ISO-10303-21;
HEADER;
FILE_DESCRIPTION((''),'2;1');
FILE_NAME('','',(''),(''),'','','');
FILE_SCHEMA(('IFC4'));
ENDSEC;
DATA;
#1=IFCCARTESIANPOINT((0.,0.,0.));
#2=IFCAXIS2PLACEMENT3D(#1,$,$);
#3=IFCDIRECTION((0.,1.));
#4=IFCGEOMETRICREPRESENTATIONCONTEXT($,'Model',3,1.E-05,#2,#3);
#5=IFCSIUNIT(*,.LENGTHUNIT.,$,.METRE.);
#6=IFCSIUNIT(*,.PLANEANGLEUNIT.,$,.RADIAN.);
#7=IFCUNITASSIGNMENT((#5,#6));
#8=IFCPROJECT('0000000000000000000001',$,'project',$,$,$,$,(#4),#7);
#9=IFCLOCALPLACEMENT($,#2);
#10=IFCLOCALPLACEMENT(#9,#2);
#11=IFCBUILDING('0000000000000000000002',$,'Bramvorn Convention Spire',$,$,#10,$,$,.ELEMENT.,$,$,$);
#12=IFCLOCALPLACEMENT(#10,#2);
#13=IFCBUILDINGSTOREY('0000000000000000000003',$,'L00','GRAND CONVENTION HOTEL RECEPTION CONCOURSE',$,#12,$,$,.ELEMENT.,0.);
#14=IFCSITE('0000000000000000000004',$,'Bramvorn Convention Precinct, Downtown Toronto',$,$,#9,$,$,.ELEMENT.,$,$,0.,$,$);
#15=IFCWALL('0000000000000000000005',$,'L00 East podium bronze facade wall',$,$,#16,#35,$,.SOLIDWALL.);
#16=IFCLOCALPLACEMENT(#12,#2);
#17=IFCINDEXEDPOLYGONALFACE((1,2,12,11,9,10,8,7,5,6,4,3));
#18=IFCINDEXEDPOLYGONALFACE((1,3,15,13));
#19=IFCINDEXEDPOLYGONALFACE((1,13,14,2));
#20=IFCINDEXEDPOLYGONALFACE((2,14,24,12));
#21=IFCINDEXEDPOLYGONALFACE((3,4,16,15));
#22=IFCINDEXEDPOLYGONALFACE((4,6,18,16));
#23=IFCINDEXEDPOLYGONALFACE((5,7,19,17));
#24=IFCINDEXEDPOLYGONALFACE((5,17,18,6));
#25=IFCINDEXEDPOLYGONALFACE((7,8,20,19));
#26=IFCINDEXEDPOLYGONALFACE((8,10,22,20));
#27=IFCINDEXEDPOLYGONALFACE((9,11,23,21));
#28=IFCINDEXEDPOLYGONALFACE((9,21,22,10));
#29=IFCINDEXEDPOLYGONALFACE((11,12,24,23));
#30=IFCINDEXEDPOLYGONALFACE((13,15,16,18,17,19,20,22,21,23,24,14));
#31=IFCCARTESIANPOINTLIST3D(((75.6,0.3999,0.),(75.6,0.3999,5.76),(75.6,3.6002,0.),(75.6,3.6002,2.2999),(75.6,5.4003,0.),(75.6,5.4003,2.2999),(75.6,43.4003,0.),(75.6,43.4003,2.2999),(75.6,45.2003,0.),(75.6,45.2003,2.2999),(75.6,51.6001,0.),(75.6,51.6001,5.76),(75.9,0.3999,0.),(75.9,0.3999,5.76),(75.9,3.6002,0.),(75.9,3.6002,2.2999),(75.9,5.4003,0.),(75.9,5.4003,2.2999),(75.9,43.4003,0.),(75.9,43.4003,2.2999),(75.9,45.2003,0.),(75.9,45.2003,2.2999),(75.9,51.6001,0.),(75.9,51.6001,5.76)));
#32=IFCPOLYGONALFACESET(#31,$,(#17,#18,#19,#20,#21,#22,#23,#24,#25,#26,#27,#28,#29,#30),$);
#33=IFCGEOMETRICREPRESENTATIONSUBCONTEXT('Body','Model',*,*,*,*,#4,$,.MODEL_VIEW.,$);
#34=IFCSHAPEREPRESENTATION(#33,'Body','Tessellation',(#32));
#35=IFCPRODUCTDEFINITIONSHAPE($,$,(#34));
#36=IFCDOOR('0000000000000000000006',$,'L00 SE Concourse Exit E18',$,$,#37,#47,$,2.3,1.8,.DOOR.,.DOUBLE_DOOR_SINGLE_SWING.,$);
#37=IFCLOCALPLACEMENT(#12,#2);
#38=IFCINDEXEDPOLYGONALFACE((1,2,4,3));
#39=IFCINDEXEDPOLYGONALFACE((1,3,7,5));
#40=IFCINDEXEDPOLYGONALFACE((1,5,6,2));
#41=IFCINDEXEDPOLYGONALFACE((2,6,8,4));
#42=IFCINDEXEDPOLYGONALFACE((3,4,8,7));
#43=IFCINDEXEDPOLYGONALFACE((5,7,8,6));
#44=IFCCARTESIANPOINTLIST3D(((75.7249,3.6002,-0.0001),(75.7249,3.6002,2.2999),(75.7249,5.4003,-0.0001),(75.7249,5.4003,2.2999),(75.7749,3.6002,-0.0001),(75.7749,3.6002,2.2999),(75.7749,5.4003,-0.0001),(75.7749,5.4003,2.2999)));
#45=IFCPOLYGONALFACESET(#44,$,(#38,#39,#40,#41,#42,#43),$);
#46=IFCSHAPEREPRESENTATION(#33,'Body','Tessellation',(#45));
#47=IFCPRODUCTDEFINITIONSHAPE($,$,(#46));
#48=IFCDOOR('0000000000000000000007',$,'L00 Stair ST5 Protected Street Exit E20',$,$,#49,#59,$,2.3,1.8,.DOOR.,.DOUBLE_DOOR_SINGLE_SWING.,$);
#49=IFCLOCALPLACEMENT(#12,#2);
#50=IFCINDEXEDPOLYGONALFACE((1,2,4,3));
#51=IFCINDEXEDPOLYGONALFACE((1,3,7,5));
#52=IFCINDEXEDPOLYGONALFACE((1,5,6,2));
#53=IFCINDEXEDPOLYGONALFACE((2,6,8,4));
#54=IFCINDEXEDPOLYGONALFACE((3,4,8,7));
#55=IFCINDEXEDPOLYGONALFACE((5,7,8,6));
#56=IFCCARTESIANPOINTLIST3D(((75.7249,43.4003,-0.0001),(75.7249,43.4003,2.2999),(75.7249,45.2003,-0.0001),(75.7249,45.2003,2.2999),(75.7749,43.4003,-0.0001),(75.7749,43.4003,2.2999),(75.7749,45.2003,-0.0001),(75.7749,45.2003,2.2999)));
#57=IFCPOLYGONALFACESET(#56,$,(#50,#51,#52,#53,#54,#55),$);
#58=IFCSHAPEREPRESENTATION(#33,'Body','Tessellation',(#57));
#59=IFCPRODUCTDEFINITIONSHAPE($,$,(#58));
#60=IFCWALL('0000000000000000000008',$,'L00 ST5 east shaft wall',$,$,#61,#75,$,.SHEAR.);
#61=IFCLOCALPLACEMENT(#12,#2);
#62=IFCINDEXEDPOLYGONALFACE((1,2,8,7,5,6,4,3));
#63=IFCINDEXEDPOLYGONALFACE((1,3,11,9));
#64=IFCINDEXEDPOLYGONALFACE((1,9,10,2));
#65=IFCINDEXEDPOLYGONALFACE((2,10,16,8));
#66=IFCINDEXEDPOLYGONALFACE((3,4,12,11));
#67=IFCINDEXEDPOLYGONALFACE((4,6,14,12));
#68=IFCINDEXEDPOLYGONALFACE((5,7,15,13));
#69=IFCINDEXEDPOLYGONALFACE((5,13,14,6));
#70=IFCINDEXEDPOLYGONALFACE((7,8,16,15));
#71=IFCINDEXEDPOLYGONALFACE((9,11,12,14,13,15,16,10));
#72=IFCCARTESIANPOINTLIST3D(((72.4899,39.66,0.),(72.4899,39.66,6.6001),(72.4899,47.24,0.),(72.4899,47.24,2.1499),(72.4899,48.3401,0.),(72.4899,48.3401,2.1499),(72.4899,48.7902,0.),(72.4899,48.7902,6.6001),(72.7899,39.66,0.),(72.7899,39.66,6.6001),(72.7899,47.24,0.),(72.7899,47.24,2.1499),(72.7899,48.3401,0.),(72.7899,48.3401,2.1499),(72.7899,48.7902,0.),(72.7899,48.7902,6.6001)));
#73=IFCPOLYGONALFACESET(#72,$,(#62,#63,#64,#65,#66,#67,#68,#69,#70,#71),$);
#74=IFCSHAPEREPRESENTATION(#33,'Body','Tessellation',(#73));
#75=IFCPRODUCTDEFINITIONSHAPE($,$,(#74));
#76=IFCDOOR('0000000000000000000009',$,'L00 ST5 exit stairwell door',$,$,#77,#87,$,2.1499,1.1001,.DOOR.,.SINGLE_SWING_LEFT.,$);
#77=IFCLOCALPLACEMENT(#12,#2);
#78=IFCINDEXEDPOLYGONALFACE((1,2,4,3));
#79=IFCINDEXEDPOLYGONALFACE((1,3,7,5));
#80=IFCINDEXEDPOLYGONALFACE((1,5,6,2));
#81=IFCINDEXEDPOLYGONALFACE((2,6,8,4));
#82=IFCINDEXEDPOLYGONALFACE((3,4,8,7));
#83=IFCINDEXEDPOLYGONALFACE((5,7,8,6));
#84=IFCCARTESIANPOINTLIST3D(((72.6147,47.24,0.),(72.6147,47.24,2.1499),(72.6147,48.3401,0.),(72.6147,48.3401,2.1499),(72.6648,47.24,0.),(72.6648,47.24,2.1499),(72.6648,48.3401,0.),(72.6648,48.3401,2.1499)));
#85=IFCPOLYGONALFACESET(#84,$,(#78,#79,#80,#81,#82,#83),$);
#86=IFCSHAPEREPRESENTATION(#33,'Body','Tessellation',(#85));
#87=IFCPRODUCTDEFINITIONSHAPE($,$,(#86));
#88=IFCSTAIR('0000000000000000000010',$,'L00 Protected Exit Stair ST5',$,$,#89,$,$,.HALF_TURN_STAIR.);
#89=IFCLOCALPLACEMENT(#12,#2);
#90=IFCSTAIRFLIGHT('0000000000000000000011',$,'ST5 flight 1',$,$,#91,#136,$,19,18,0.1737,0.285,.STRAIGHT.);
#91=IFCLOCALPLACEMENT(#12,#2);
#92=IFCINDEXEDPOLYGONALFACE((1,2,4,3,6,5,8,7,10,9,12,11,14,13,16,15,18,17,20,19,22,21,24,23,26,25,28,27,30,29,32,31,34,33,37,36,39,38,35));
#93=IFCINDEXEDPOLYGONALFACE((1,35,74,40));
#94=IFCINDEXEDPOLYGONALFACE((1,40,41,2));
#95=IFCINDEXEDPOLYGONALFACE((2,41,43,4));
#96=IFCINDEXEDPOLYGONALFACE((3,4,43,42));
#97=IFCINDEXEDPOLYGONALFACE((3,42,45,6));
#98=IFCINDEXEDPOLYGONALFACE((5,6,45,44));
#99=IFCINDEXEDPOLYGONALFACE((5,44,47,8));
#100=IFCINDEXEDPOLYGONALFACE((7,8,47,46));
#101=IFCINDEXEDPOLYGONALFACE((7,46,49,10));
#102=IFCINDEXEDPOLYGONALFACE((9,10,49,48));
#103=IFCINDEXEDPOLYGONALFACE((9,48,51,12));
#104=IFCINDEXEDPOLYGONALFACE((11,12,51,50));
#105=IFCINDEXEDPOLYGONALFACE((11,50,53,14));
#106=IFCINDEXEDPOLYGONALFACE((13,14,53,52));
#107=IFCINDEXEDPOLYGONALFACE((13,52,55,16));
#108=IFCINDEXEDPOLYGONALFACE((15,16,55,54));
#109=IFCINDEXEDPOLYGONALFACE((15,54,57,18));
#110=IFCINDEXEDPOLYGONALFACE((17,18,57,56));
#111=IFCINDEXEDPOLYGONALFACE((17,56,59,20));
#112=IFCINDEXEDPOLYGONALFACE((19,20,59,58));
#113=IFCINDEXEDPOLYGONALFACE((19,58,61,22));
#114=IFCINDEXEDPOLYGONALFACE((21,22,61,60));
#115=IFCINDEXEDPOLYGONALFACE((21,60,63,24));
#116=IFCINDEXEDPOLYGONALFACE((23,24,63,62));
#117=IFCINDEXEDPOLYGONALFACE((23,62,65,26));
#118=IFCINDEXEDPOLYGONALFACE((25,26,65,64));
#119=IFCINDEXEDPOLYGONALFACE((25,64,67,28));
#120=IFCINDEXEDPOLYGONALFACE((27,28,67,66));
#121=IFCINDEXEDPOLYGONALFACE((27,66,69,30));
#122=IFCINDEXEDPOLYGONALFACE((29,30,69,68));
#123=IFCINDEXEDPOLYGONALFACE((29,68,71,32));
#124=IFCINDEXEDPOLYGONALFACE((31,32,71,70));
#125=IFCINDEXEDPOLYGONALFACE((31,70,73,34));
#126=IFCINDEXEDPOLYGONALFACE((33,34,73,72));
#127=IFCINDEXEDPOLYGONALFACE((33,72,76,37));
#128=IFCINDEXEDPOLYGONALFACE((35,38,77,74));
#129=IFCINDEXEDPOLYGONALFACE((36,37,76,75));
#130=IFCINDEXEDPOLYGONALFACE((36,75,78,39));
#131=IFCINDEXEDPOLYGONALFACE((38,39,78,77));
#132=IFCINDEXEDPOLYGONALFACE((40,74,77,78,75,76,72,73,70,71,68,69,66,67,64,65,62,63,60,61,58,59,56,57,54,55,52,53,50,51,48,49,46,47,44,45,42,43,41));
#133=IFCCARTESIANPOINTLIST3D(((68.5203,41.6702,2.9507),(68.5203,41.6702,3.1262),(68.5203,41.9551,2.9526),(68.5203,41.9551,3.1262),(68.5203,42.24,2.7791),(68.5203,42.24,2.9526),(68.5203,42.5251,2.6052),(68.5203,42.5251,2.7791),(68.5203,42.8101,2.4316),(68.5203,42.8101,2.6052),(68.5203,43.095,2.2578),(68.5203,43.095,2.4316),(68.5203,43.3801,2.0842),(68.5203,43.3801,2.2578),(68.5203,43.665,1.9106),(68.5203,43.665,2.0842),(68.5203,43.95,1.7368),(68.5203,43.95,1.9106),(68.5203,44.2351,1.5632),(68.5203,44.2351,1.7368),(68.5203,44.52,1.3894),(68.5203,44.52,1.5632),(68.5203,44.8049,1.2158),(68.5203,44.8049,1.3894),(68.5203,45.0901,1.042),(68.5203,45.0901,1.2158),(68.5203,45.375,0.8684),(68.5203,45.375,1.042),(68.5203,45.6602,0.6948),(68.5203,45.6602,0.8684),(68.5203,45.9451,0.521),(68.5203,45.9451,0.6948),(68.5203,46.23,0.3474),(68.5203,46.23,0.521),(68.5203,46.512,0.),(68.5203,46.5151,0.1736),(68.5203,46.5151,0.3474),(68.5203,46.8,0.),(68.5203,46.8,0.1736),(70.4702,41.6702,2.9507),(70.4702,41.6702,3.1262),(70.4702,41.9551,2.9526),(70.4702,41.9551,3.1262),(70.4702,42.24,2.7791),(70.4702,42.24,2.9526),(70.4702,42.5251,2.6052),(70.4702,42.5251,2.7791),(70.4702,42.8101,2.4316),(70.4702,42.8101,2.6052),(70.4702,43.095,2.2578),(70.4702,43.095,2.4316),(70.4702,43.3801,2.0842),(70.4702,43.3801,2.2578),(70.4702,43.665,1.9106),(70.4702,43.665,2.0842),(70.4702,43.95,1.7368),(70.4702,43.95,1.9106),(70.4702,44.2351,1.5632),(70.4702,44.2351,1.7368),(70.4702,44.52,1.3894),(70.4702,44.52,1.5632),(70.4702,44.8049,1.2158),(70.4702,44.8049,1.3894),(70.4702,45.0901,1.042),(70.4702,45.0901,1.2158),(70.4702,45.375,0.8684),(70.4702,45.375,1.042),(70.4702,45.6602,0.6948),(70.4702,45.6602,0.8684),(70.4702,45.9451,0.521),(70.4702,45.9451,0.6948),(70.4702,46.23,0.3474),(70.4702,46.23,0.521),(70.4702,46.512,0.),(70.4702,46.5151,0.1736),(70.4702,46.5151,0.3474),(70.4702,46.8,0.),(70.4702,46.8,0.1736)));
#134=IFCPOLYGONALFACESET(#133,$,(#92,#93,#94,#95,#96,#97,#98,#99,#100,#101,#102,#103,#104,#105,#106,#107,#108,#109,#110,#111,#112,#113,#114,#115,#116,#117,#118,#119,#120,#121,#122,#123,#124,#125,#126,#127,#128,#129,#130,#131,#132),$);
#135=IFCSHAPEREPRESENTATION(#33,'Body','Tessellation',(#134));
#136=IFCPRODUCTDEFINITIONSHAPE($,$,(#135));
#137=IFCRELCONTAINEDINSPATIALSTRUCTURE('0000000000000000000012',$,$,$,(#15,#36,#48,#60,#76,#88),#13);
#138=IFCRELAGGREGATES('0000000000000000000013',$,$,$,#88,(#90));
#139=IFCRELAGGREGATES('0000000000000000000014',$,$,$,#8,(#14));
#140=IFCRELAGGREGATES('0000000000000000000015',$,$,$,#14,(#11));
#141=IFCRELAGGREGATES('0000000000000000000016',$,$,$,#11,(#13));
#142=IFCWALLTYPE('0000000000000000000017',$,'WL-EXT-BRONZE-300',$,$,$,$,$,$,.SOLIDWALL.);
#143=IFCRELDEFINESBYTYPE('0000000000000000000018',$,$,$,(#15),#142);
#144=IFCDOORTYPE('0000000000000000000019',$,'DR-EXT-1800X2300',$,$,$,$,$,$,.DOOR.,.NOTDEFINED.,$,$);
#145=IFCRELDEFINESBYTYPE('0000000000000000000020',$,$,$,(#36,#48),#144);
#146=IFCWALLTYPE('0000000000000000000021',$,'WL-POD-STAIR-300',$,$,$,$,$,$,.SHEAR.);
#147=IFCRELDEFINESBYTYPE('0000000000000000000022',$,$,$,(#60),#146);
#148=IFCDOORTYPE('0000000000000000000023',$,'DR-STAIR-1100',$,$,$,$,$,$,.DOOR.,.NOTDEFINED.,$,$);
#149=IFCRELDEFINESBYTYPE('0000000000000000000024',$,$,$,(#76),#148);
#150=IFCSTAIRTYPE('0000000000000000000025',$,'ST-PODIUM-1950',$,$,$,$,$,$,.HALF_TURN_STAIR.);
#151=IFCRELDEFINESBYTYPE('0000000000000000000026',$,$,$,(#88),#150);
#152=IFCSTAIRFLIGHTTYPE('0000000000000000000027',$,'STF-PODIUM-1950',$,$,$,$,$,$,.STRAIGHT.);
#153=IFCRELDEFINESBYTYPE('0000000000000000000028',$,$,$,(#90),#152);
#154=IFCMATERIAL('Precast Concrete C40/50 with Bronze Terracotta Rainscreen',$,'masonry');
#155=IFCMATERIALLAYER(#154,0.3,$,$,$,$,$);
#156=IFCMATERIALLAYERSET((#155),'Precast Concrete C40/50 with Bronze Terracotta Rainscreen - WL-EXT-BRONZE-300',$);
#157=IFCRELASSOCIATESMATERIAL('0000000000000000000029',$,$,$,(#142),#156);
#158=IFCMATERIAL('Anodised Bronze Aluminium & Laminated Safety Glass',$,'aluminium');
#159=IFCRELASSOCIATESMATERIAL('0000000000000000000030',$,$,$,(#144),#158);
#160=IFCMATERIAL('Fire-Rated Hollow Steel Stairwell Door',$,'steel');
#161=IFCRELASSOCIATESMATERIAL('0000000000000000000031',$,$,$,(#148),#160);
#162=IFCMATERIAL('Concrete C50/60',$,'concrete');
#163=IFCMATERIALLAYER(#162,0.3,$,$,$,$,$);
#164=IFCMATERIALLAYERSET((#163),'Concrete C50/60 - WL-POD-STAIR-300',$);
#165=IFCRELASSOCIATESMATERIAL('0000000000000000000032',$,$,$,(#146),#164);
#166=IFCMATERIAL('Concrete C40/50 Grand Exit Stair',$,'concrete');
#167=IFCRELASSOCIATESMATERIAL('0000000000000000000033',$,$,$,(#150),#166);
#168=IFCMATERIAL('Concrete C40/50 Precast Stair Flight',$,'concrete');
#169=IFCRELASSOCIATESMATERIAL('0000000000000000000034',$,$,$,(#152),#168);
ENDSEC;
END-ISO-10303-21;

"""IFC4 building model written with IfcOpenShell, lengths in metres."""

from ifc_helpers import new_model, si_unit, direction, frame, frame_2d, origin, place, context, subcontext, project, spatial, polyline, rectangle, outline, extrude, material, layer, layer_set, type_object, element, fill, aggregate, save


model = new_model("IFC4")

# Units and contexts
model_context = context("Model", 3, precision=1e-05, world=origin(), true_north=direction((0.0, 1.0)))
body_context = subcontext(model_context, "Body", "Model", "MODEL_VIEW")
ifc_project = project(units=[si_unit("LENGTHUNIT", "METRE"), si_unit("PLANEANGLEUNIT", "RADIAN")], contexts=[model_context])

# Site, building, storey
site_placement = place(None, origin())
site = spatial("IfcSite", under=ifc_project, at=site_placement, Name="Bramvorn Convention Precinct, Downtown Toronto", CompositionType="ELEMENT", RefElevation=0.0)
building_placement = place(site_placement, origin())
building = spatial("IfcBuilding", under=site, at=building_placement, Name="Bramvorn Convention Spire", CompositionType="ELEMENT")
storey_placement = place(building_placement, origin())
storey = spatial("IfcBuildingStorey", under=building, at=storey_placement, Name="L00", Description="GRAND CONVENTION HOTEL RECEPTION CONCOURSE", CompositionType="ELEMENT", Elevation=0.0)

# Wall, openings, doors
ifc_material_1 = material(Name="Precast Concrete C40/50 with Bronze Terracotta Rainscreen", Category="masonry")
ifc_layer_1 = layer(ifc_material_1, 0.3)
ifc_layer_set_1 = layer_set([ifc_layer_1], Name="Precast Concrete C40/50 with Bronze Terracotta Rainscreen - WL-EXT-BRONZE-300")
wall_type_1 = type_object("IfcWallType", Name="WL-EXT-BRONZE-300", PredefinedType="SOLIDWALL", material=ifc_layer_set_1)
wall_1_placement = place(storey_placement, frame((75.75, 51.6001, 0.0), z_axis=(0.0, 0.0, 1.0), x_axis=(0.0, -1.0, 0.0)))
wall_1 = element("IfcWall", 1, at=wall_1_placement, inside=storey, type_object=wall_type_1, Name="L00 East podium bronze facade wall", PredefinedType="SOLIDWALL", context=body_context, shape_type="SweptSolid", body=[
    extrude(rectangle(XDim=51.2002, YDim=0.3, at=frame_2d((25.6001, 0.0))), origin(), (0.0, 0.0, 1.0), 5.76),
])
opening_1_placement = place(wall_1_placement, frame((46.2, 0.0, 0.0)))
opening_1 = element("IfcOpeningElement", 2, at=opening_1_placement, cuts=wall_1, PredefinedType="OPENING", context=body_context, shape_type="SweptSolid", body=[
    extrude(rectangle(XDim=1.8, YDim=2.3, at=frame_2d((0.8999, 1.1499))), frame((0.0, 0.1599, 0.0), z_axis=(0.0, -1.0, 0.0), x_axis=(1.0, 0.0, 0.0)), (0.0, 0.0, 1.0), 0.3201),
])
opening_2_placement = place(wall_1_placement, frame((6.3999, 0.0, 0.0)))
opening_2 = element("IfcOpeningElement", 3, at=opening_2_placement, cuts=wall_1, PredefinedType="OPENING", context=body_context, shape_type="SweptSolid", body=[
    extrude(rectangle(XDim=1.8, YDim=2.3, at=frame_2d((0.8999, 1.1499))), frame((0.0, 0.1599, 0.0), z_axis=(0.0, -1.0, 0.0), x_axis=(1.0, 0.0, 0.0)), (0.0, 0.0, 1.0), 0.3201),
])
ifc_material_2 = material(Name="Anodised Bronze Aluminium & Laminated Safety Glass", Category="aluminium")
door_type_1 = type_object("IfcDoorType", Name="DR-EXT-1800X2300", OperationType="NOTDEFINED", PredefinedType="DOOR", material=ifc_material_2)
door_1_placement = place(opening_1_placement, origin())
door_1 = element("IfcDoor", 4, at=door_1_placement, inside=storey, type_object=door_type_1, Name="L00 SE Concourse Exit E18", OperationType="DOUBLE_DOOR_SINGLE_SWING", OverallHeight=2.3, OverallWidth=1.8, PredefinedType="DOOR", context=body_context, shape_type="SweptSolid", body=[
    extrude(rectangle(XDim=1.8, YDim=2.3, at=frame_2d((0.8999, 1.1499))), frame((0.0, 0.0249, 0.0), z_axis=(0.0, -1.0, 0.0), x_axis=(1.0, 0.0, 0.0)), (0.0, 0.0, 1.0), 0.05),
])
fill(opening_1, door_1)
door_2_placement = place(opening_2_placement, origin())
door_2 = element("IfcDoor", 5, at=door_2_placement, inside=storey, type_object=door_type_1, Name="L00 Stair ST5 Protected Street Exit E20", OperationType="DOUBLE_DOOR_SINGLE_SWING", OverallHeight=2.3, OverallWidth=1.8, PredefinedType="DOOR", context=body_context, shape_type="SweptSolid", body=[
    extrude(rectangle(XDim=1.8, YDim=2.3, at=frame_2d((0.8999, 1.1499))), frame((0.0, 0.0249, 0.0), z_axis=(0.0, -1.0, 0.0), x_axis=(1.0, 0.0, 0.0)), (0.0, 0.0, 1.0), 0.05),
])
fill(opening_2, door_2)

# Wall, opening, door
ifc_material_3 = material(Name="Fire-Rated Hollow Steel Stairwell Door", Category="steel")
door_type_2 = type_object("IfcDoorType", Name="DR-STAIR-1100", OperationType="NOTDEFINED", PredefinedType="DOOR", material=ifc_material_3)
ifc_material_4 = material(Name="Concrete C50/60", Category="concrete")
ifc_layer_2 = layer(ifc_material_4, 0.3)
ifc_layer_set_2 = layer_set([ifc_layer_2], Name="Concrete C50/60 - WL-POD-STAIR-300")
wall_type_2 = type_object("IfcWallType", Name="WL-POD-STAIR-300", PredefinedType="SHEAR", material=ifc_layer_set_2)
wall_2_placement = place(storey_placement, frame((72.6399, 48.79, 0.0), z_axis=(0.0, 0.0, 1.0), x_axis=(0.0, -1.0, 0.0)))
wall_2 = element("IfcWall", 6, at=wall_2_placement, inside=storey, type_object=wall_type_2, Name="L00 ST5 east shaft wall", PredefinedType="SHEAR", context=body_context, shape_type="SweptSolid", body=[
    extrude(rectangle(XDim=9.1301, YDim=0.3, at=frame_2d((4.5649, 0.0))), origin(), (0.0, 0.0, 1.0), 6.6001),
])
opening_3_placement = place(wall_2_placement, frame((0.45, 0.0, 0.0)))
opening_3 = element("IfcOpeningElement", 7, at=opening_3_placement, cuts=wall_2, PredefinedType="OPENING", context=body_context, shape_type="SweptSolid", body=[
    extrude(rectangle(XDim=1.1001, YDim=2.1499, at=frame_2d((0.55, 1.075))), frame((0.0, 0.1599, 0.0), z_axis=(0.0, -1.0, 0.0), x_axis=(1.0, 0.0, 0.0)), (0.0, 0.0, 1.0), 0.3201),
])
door_3_placement = place(opening_3_placement, origin())
door_3 = element("IfcDoor", 8, at=door_3_placement, inside=storey, type_object=door_type_2, Name="L00 ST5 exit stairwell door", OperationType="SINGLE_SWING_LEFT", OverallHeight=2.1499, OverallWidth=1.1001, PredefinedType="DOOR", context=body_context, shape_type="SweptSolid", body=[
    extrude(rectangle(XDim=1.1001, YDim=2.1499, at=frame_2d((0.55, 1.075))), frame((0.0, 0.0249, 0.0), z_axis=(0.0, -1.0, 0.0), x_axis=(1.0, 0.0, 0.0)), (0.0, 0.0, 1.0), 0.05),
])
fill(opening_3, door_3)

# Stair, stair flight
ifc_material_5 = material(Name="Concrete C40/50 Grand Exit Stair", Category="concrete")
stair_type = type_object("IfcStairType", Name="ST-PODIUM-1950", PredefinedType="HALF_TURN_STAIR", material=ifc_material_5)
stair_placement = place(storey_placement, origin())
stair = element("IfcStair", 9, at=stair_placement, inside=storey, type_object=stair_type, Name="L00 Protected Exit Stair ST5", PredefinedType="HALF_TURN_STAIR")
ifc_material_6 = material(Name="Concrete C40/50 Precast Stair Flight", Category="concrete")
stair_flight_type = type_object("IfcStairFlightType", Name="STF-PODIUM-1950", PredefinedType="STRAIGHT", material=ifc_material_6)
stair_flight_1_placement = place(storey_placement, frame((69.4951, 46.8, 0.0), z_axis=(0.0, 0.0, 1.0), x_axis=(0.0, -1.0, 0.0)))
stair_flight_1 = element("IfcStairFlight", 10, at=stair_flight_1_placement, type_object=stair_flight_type, Name="ST5 flight 1", NumberOfRisers=19, NumberOfTreads=18, PredefinedType="STRAIGHT", RiserHeight=0.1737, TreadLength=0.285, context=body_context, shape_type="SweptSolid", body=[
    extrude(outline(polyline([(0.0, 0.0), (0.0, 0.1736), (0.2849, 0.1736), (0.2849, 0.3474), (0.5701, 0.3474), (0.5701, 0.521), (0.855, 0.521), (0.855, 0.6948), (1.1399, 0.6948), (1.1399, 0.8684), (1.425, 0.8684), (1.425, 1.042), (1.71, 1.042), (1.71, 1.2158), (1.9951, 1.2158), (1.9951, 1.3894), (2.28, 1.3894), (2.28, 1.5632), (2.5649, 1.5632), (2.5649, 1.7368), (2.8501, 1.7368), (2.8501, 1.9106), (3.135, 1.9106), (3.135, 2.0842), (3.4199, 2.0842), (3.4199, 2.2578), (3.7051, 2.2578), (3.7051, 2.4316), (3.99, 2.4316), (3.99, 2.6052), (4.2749, 2.6052), (4.2749, 2.7791), (4.5601, 2.7791), (4.5601, 2.9526), (4.845, 2.9526), (4.845, 3.1262), (5.1299, 3.1262), (5.1299, 3.3), (5.1299, 2.9507), (0.2881, 0.0), (0.0, 0.0)])), frame((0.0, 0.9751, 0.0), z_axis=(0.0, -1.0, 0.0), x_axis=(1.0, 0.0, 0.0)), (0.0, 0.0, 1.0), 1.95),
])
aggregate(stair, [stair_flight_1])

save(model, "model.ifc")
